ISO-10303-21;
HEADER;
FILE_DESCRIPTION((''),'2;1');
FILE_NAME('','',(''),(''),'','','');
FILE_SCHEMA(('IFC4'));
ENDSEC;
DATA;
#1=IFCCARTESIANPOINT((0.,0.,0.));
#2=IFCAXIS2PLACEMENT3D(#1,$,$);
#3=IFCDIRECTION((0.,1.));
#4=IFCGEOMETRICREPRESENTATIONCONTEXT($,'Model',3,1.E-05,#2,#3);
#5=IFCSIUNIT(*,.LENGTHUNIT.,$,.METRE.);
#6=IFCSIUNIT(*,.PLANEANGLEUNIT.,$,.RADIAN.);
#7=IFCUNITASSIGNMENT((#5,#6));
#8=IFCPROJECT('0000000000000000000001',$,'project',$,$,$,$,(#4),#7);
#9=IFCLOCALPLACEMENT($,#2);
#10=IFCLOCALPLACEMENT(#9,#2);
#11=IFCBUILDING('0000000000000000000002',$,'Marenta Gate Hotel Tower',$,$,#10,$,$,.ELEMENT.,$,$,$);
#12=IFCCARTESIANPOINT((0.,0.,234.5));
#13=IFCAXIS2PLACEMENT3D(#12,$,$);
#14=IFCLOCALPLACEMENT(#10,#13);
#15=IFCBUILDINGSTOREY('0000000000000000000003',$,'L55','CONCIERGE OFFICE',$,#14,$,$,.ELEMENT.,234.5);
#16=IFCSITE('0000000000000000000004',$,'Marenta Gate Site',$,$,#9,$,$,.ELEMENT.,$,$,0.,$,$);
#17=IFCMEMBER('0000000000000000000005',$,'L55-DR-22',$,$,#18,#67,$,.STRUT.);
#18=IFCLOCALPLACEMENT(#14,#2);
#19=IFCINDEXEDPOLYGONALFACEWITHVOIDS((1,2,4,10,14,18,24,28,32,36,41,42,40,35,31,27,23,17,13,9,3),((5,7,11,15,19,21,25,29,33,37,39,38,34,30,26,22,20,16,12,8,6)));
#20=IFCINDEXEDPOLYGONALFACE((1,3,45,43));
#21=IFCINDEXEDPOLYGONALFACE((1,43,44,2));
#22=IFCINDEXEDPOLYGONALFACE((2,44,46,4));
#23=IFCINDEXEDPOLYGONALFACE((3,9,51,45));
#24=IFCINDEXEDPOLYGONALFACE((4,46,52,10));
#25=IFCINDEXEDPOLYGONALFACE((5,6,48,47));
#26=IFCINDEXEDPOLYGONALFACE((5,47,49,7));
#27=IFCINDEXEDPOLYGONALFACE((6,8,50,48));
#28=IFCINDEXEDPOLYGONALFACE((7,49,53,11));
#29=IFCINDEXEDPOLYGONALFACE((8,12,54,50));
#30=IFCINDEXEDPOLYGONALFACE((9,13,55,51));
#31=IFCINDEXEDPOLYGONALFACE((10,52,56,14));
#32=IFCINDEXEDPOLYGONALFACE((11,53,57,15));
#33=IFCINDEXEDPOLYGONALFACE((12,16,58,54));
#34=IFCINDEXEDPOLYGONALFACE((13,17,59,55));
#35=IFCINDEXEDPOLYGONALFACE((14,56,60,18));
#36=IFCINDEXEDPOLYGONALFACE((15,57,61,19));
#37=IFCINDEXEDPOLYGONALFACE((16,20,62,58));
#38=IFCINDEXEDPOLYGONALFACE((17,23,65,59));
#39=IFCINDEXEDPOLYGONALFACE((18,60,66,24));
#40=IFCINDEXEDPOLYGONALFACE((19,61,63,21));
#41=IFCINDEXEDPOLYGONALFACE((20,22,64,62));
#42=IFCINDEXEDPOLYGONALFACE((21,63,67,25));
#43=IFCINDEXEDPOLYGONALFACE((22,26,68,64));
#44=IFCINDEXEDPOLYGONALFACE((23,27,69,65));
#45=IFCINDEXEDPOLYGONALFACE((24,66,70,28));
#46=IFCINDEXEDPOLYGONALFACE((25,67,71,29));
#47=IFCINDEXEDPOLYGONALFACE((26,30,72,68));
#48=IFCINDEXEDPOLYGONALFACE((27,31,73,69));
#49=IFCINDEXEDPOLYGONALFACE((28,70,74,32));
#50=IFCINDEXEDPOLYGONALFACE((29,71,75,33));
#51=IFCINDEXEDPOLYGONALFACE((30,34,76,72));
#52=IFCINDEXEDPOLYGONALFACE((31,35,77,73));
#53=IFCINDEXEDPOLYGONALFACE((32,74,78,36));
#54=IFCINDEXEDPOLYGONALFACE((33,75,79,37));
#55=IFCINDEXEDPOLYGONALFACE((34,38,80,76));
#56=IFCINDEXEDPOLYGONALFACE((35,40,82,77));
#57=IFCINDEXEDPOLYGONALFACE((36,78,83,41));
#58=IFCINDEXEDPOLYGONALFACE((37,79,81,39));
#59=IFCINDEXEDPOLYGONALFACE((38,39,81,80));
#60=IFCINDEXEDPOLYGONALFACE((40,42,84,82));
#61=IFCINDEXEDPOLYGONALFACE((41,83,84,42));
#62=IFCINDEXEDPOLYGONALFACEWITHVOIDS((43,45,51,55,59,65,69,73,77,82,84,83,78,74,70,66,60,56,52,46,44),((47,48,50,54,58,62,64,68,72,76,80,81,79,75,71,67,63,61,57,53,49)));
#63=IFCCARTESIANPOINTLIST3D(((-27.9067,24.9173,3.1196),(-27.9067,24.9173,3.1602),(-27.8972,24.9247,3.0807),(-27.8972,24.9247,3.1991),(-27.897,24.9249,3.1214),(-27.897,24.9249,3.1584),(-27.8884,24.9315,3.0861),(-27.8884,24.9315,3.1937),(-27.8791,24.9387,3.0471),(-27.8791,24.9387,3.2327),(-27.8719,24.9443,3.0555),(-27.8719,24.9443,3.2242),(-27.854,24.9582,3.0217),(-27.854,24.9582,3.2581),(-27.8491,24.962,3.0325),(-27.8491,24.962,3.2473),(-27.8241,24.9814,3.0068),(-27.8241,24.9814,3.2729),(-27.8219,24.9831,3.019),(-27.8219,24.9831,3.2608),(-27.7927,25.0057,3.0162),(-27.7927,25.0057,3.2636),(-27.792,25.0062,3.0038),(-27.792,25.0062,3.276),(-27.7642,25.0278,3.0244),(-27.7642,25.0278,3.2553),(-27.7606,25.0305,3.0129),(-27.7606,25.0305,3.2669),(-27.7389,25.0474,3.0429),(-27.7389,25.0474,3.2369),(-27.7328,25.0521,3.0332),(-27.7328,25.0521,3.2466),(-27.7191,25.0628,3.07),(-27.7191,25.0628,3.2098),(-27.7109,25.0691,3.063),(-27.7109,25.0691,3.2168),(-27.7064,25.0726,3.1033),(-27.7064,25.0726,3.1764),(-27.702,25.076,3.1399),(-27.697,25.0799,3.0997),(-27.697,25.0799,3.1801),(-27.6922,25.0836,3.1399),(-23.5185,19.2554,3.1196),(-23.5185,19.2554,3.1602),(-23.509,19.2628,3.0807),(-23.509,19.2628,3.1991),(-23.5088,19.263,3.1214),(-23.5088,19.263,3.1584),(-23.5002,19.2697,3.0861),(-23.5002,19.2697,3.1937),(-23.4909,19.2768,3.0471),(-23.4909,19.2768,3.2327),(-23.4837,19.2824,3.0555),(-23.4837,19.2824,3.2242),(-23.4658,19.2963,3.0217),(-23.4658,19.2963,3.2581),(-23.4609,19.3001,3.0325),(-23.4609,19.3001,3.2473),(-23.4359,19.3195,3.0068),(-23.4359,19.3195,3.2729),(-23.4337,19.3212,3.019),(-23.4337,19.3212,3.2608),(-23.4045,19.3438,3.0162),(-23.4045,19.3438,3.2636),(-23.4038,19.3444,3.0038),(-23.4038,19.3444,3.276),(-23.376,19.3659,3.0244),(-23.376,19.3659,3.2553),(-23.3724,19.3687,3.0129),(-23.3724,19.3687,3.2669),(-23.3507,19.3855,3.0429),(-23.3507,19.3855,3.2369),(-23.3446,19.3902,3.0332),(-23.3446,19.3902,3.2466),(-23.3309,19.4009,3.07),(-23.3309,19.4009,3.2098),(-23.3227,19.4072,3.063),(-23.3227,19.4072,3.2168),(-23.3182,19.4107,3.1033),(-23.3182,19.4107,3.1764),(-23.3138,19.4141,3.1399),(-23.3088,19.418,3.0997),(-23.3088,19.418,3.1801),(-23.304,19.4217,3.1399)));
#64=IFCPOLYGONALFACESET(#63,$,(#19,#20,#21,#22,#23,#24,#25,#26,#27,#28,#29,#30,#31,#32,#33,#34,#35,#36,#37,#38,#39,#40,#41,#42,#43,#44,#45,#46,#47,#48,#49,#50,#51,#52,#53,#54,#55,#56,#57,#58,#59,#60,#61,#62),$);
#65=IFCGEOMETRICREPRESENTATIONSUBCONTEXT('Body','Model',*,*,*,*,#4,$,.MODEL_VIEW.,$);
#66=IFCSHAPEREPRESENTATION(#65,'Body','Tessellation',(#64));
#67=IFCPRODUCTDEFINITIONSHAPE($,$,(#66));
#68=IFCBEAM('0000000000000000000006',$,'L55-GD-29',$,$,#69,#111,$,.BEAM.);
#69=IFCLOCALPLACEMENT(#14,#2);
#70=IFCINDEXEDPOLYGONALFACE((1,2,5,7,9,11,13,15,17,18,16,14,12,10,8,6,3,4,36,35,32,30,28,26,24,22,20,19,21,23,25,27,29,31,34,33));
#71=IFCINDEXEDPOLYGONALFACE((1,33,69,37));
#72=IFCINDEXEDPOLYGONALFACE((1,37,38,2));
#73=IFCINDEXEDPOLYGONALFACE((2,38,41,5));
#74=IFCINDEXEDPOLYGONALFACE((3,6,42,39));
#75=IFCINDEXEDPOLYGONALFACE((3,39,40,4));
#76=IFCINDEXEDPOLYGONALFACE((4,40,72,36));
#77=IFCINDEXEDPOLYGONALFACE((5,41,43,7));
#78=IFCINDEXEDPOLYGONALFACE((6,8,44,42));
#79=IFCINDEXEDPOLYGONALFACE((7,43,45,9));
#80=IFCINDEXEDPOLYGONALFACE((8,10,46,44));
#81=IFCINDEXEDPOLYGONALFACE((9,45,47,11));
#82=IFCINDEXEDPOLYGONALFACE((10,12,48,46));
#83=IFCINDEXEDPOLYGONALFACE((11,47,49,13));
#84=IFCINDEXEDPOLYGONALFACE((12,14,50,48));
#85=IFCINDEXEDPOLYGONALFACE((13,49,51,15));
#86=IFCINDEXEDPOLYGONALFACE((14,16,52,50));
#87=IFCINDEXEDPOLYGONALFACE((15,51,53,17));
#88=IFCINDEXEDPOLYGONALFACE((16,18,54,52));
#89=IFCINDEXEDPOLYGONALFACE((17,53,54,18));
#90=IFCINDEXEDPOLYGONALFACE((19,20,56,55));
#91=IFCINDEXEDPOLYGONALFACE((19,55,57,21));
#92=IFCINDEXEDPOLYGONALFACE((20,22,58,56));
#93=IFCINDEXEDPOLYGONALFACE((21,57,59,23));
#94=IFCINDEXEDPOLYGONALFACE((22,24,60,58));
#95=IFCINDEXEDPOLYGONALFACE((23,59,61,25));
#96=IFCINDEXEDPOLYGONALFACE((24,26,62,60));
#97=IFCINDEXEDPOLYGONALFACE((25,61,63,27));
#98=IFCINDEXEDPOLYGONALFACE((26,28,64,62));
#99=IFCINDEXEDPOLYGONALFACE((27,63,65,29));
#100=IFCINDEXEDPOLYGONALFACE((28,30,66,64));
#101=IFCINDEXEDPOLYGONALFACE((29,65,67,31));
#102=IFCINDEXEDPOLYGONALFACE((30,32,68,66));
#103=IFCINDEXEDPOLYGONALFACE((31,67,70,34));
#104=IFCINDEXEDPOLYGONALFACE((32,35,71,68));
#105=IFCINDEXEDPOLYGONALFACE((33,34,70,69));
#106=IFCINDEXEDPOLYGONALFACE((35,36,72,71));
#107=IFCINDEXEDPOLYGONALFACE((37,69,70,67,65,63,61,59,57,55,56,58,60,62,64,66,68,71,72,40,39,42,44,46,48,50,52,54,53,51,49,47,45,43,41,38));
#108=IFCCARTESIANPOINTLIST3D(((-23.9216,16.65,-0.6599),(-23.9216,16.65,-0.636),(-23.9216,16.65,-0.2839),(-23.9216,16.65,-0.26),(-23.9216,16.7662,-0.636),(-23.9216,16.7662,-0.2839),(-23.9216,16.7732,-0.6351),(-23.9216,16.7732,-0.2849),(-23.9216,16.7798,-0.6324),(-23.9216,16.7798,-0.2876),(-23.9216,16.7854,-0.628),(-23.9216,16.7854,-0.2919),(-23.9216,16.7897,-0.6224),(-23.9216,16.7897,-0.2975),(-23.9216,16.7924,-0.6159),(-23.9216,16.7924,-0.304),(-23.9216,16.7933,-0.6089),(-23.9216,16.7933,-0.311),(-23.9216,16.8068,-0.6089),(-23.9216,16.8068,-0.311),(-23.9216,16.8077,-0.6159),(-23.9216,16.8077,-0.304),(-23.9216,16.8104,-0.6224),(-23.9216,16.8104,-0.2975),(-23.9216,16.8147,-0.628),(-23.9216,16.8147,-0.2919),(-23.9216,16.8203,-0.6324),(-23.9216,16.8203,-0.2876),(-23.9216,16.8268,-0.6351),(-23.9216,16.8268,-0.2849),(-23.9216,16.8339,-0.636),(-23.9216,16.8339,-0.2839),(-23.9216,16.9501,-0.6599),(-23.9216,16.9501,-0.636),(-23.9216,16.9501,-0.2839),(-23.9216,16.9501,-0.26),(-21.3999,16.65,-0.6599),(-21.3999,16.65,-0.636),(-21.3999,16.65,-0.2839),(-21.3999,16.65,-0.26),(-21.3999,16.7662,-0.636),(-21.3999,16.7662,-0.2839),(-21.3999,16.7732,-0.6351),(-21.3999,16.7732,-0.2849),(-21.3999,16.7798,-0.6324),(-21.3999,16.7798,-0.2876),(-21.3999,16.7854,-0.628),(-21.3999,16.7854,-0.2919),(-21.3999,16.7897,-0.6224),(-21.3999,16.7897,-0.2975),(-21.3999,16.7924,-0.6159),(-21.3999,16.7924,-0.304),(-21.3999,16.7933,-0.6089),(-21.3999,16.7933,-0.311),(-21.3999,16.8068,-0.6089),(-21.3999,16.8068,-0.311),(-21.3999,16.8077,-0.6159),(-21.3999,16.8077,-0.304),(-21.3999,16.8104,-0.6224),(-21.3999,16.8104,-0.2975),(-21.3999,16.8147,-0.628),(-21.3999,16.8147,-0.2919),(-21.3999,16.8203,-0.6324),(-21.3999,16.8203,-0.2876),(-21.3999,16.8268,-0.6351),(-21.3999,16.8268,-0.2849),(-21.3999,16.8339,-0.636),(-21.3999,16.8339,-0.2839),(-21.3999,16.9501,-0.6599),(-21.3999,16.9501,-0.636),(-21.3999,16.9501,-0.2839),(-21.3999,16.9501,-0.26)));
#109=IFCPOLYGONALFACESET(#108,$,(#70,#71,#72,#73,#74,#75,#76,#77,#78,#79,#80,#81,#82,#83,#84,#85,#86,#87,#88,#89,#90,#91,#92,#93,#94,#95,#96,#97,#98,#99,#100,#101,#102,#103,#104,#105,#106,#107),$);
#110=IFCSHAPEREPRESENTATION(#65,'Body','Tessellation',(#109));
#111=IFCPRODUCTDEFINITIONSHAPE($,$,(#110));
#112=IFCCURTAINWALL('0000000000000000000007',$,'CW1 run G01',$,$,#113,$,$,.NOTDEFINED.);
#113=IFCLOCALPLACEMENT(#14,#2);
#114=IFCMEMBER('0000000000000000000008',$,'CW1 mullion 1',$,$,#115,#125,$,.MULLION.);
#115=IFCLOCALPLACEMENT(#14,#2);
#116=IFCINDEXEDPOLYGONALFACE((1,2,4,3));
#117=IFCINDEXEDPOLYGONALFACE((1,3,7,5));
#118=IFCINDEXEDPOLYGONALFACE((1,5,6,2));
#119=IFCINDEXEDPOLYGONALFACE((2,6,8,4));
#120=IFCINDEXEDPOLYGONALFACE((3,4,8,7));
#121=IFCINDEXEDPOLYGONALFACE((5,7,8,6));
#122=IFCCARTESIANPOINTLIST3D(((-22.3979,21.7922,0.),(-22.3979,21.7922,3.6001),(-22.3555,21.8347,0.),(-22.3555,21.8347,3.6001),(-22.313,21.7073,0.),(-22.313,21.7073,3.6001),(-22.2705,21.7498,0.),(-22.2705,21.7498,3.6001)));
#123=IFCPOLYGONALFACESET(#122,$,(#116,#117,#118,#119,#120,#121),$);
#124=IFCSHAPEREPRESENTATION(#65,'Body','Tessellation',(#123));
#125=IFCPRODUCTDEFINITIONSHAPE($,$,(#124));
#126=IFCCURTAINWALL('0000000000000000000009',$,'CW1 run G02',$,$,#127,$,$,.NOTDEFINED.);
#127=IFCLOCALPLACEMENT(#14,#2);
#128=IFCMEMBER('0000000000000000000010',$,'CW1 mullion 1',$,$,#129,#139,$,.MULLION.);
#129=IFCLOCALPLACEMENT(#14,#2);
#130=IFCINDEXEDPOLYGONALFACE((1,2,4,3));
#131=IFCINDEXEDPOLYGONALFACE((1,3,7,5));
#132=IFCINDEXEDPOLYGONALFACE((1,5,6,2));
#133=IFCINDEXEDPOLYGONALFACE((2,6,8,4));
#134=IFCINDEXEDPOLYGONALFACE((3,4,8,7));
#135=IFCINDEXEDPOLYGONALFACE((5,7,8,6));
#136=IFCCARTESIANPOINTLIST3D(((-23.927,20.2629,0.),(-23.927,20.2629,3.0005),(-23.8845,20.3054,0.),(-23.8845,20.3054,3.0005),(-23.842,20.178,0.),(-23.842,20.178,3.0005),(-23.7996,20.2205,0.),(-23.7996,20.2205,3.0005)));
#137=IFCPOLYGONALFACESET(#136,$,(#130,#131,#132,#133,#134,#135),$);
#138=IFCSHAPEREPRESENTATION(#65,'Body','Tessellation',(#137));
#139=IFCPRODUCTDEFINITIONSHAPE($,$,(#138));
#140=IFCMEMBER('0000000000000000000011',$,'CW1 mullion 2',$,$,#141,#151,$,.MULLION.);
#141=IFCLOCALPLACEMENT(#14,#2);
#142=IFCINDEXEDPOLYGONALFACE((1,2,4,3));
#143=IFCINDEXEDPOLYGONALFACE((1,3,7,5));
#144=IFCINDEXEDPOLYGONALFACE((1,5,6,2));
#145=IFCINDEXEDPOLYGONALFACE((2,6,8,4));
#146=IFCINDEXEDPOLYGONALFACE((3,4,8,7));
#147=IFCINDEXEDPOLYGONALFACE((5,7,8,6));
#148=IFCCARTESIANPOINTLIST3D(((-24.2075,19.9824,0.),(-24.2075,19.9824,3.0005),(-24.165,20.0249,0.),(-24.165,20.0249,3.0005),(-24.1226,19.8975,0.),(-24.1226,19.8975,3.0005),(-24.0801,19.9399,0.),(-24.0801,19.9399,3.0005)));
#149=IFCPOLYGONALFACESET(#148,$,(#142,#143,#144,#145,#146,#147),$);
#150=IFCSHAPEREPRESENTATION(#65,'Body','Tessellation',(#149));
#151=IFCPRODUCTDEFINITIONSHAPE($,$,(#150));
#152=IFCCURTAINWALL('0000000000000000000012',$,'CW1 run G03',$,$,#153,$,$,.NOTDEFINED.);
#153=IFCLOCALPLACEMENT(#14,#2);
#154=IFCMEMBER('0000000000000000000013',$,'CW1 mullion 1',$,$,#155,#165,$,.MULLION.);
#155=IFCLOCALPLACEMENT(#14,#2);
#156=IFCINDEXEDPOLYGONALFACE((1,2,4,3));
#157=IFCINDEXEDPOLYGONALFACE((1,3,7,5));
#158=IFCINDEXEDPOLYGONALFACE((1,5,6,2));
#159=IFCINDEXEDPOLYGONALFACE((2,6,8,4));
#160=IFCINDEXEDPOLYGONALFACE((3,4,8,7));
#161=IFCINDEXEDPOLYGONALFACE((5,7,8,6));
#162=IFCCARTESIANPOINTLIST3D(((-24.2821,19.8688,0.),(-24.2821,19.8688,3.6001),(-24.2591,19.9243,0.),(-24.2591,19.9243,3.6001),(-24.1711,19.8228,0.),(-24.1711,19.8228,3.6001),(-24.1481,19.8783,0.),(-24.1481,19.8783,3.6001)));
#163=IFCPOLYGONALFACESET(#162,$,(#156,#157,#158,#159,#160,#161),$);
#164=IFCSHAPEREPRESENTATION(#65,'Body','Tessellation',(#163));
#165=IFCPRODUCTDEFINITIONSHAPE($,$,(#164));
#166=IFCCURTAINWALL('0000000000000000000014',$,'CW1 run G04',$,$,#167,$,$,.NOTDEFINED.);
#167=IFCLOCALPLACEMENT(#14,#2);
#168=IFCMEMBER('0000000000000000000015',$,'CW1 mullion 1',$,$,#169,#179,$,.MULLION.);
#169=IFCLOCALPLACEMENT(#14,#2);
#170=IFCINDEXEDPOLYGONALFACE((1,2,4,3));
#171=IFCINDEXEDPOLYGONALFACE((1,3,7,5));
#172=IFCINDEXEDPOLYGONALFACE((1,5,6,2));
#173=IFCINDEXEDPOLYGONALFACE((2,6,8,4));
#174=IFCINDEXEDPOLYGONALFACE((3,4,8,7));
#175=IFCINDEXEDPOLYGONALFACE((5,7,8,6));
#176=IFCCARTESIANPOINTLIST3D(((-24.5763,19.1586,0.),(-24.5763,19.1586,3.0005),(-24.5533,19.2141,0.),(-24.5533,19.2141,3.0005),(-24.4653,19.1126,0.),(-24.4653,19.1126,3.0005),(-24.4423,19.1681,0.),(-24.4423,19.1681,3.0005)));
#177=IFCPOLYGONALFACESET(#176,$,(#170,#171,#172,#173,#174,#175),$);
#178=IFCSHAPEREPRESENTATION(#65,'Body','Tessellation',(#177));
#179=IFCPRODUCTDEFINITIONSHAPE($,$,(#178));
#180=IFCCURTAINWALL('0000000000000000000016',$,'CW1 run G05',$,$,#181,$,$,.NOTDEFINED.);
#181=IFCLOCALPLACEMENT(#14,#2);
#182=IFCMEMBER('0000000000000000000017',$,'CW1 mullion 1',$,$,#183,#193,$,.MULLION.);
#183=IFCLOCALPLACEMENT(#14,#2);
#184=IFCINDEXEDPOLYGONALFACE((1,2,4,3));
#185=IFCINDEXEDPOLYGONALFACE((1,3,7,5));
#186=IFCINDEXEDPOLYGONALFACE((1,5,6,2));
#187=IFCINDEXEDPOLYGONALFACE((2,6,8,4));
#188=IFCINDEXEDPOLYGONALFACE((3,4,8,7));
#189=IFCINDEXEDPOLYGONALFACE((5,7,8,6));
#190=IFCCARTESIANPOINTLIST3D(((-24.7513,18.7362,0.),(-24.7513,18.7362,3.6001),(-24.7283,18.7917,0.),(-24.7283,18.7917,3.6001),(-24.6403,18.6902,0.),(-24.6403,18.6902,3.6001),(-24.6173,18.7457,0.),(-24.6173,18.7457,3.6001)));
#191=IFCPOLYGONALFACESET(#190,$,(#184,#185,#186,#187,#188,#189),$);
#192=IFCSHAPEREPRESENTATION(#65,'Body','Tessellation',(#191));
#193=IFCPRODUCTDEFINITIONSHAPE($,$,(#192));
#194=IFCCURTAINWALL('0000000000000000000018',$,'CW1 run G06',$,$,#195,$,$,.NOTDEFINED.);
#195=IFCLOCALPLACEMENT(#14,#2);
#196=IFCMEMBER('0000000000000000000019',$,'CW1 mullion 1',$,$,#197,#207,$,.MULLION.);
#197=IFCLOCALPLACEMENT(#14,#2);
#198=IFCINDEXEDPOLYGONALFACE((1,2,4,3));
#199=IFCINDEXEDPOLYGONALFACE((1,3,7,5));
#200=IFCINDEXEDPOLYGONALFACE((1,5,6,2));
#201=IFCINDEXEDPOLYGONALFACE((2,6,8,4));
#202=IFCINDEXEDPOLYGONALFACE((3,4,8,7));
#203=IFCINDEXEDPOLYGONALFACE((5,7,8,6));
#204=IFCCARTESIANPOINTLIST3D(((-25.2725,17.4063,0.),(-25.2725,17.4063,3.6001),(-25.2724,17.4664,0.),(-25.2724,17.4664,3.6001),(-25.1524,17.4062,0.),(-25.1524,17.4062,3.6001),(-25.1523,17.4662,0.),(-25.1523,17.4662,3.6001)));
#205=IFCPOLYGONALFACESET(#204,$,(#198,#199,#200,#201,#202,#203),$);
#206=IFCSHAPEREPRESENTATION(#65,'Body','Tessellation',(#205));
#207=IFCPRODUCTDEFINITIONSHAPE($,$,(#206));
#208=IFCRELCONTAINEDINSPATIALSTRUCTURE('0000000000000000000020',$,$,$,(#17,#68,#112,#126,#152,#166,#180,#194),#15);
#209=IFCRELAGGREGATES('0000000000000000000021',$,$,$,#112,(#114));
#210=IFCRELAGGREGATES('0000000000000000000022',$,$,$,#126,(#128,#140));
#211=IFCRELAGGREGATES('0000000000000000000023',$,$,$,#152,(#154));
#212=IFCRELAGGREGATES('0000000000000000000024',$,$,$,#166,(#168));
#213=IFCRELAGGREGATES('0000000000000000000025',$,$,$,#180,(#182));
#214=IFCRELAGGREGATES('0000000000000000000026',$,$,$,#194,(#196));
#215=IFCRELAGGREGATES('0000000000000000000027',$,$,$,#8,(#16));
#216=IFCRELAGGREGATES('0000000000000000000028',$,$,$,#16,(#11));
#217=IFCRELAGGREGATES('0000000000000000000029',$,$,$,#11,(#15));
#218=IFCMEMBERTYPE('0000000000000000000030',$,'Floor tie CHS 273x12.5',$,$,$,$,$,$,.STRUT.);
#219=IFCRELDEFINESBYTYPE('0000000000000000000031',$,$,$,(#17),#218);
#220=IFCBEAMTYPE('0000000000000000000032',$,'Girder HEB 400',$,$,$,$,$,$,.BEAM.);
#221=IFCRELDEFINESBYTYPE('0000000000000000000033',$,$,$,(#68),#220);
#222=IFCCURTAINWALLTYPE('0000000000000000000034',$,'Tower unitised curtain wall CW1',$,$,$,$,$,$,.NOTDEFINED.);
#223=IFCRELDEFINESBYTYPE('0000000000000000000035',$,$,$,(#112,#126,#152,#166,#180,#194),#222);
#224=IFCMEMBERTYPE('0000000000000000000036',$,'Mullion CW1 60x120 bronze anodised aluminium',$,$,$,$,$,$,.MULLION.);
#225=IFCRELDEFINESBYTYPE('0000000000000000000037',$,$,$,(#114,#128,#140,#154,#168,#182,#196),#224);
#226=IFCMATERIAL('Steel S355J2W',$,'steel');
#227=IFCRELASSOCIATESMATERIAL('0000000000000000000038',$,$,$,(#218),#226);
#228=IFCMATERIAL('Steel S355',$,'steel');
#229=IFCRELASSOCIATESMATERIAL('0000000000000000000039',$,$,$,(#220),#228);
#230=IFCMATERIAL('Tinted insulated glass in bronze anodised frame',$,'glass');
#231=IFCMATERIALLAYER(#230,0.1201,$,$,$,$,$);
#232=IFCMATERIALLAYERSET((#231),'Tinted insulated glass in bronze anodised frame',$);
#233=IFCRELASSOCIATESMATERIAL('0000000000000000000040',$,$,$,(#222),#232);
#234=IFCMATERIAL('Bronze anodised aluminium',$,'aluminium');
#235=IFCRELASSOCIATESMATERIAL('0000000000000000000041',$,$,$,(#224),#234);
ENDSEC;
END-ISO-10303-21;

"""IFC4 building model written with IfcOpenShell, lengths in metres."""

from ifc_helpers import new_model, si_unit, direction, frame, origin, origin_2d, place, context, subcontext, project, spatial, rectangle, hollow_circle, i_section, extrude, material, layer, layer_set, material_profile, profile_set, type_object, element, aggregate, save


model = new_model("IFC4")

# Units and contexts
model_context = context("Model", 3, precision=1e-05, world=origin(), true_north=direction((0.0, 1.0)))
body_context = subcontext(model_context, "Body", "Model", "MODEL_VIEW")
ifc_project = project(units=[si_unit("LENGTHUNIT", "METRE"), si_unit("PLANEANGLEUNIT", "RADIAN")], contexts=[model_context])

# Site, building, storey
site_placement = place(None, origin())
site = spatial("IfcSite", under=ifc_project, at=site_placement, Name="Marenta Gate Site", CompositionType="ELEMENT", RefElevation=0.0)
building_placement = place(site_placement, origin())
building = spatial("IfcBuilding", under=site, at=building_placement, Name="Marenta Gate Hotel Tower", CompositionType="ELEMENT")
storey_placement = place(building_placement, frame((0.0, 0.0, 234.5)))
storey = spatial("IfcBuildingStorey", under=building, at=storey_placement, Name="L55", Description="CONCIERGE OFFICE", CompositionType="ELEMENT", Elevation=234.5)

# Member
ifc_material_1 = material(Name="Steel S355J2W", Category="steel")
ifc_material_profile_1 = material_profile(ifc_material_1, hollow_circle(Radius=0.1365, WallThickness=0.0125, at=origin_2d()), Name="CHS 273x12.5")
ifc_profile_set_1 = profile_set([ifc_material_profile_1], Name="Steel S355J2W")
member_type_1 = type_object("IfcMemberType", Name="Floor tie CHS 273x12.5", PredefinedType="STRUT", material=ifc_profile_set_1)
member_1_placement = place(storey_placement, frame((-27.8, 25.0, 3.1399), z_axis=(0.612592, -0.790399, 0.0), x_axis=(0.790399, 0.612592, 0.0)))
element("IfcMember", 1, at=member_1_placement, inside=storey, type_object=member_type_1, Name="L55-DR-22", PredefinedType="STRUT", context=body_context, shape_type="SweptSolid", body=[
    extrude(hollow_circle(Radius=0.1365, WallThickness=0.0125, at=origin_2d()), origin(), (0.0, 0.0, 1.0), 7.1633),
])

# Beam
ifc_material_2 = material(Name="Steel S355", Category="steel")
ifc_material_profile_2 = material_profile(ifc_material_2, i_section(OverallWidth=0.3, OverallDepth=0.3999, WebThickness=0.0134, FlangeThickness=0.0239, FilletRadius=0.0271, at=origin_2d()), Name="HEB 400")
ifc_profile_set_2 = profile_set([ifc_material_profile_2], Name="Steel S355")
beam_type_1 = type_object("IfcBeamType", Name="Girder HEB 400", PredefinedType="BEAM", material=ifc_profile_set_2)
beam_1_placement = place(storey_placement, frame((-23.9216, 16.8, -0.46), z_axis=(1.0, 0.0, 0.0), x_axis=(0.0, 1.0, 0.0)))
element("IfcBeam", 2, at=beam_1_placement, inside=storey, type_object=beam_type_1, Name="L55-GD-29", PredefinedType="BEAM", context=body_context, shape_type="SweptSolid", body=[
    extrude(i_section(OverallWidth=0.3, OverallDepth=0.3999, WebThickness=0.0134, FlangeThickness=0.0239, FilletRadius=0.0271, at=origin_2d()), origin(), (0.0, 0.0, 1.0), 2.5217),
])

# Curtain wall, member
ifc_material_3 = material(Name="Tinted insulated glass in bronze anodised frame", Category="glass")
ifc_layer_1 = layer(ifc_material_3, 0.1201)
ifc_layer_set_1 = layer_set([ifc_layer_1], Name="Tinted insulated glass in bronze anodised frame")
curtain_wall_type = type_object("IfcCurtainWallType", Name="Tower unitised curtain wall CW1", PredefinedType="NOTDEFINED", material=ifc_layer_set_1)
curtain_wall_1_placement = place(storey_placement, origin())
curtain_wall_1 = element("IfcCurtainWall", 3, at=curtain_wall_1_placement, inside=storey, type_object=curtain_wall_type, Name="CW1 run G01", PredefinedType="NOTDEFINED")
ifc_material_4 = material(Name="Bronze anodised aluminium", Category="aluminium")
ifc_material_profile_3 = material_profile(ifc_material_4, rectangle(XDim=0.1201, YDim=0.0601, at=origin_2d()), Name="Mullion CW1 60x120 bronze anodised aluminium")
ifc_profile_set_3 = profile_set([ifc_material_profile_3], Name="Bronze anodised aluminium")
member_type_2 = type_object("IfcMemberType", Name="Mullion CW1 60x120 bronze anodised aluminium", PredefinedType="MULLION", material=ifc_profile_set_3)
member_2_placement = place(storey_placement, frame((-22.3342, 21.771, 0.0), z_axis=(0.0, 0.0, 1.0), x_axis=(0.707107, -0.707107, 0.0)))
member_2 = element("IfcMember", 4, at=member_2_placement, type_object=member_type_2, Name="CW1 mullion 1", PredefinedType="MULLION", context=body_context, shape_type="SweptSolid", body=[
    extrude(rectangle(XDim=0.1201, YDim=0.0601, at=origin_2d()), origin(), (0.0, 0.0, 1.0), 3.6001),
])

# Curtain wall, members
curtain_wall_2_placement = place(storey_placement, origin())
curtain_wall_2 = element("IfcCurtainWall", 5, at=curtain_wall_2_placement, inside=storey, type_object=curtain_wall_type, Name="CW1 run G02", PredefinedType="NOTDEFINED")
member_3_placement = place(storey_placement, frame((-23.8633, 20.2417, 0.0), z_axis=(0.0, 0.0, 1.0), x_axis=(0.707107, -0.707107, 0.0)))
member_3 = element("IfcMember", 6, at=member_3_placement, type_object=member_type_2, Name="CW1 mullion 1", PredefinedType="MULLION", context=body_context, shape_type="SweptSolid", body=[
    extrude(rectangle(XDim=0.1201, YDim=0.0601, at=origin_2d()), origin(), (0.0, 0.0, 1.0), 3.0005),
])
member_4_placement = place(storey_placement, frame((-24.1438, 19.9612, 0.0), z_axis=(0.0, 0.0, 1.0), x_axis=(0.707107, -0.707107, 0.0)))
member_4 = element("IfcMember", 7, at=member_4_placement, type_object=member_type_2, Name="CW1 mullion 2", PredefinedType="MULLION", context=body_context, shape_type="SweptSolid", body=[
    extrude(rectangle(XDim=0.1201, YDim=0.0601, at=origin_2d()), origin(), (0.0, 0.0, 1.0), 3.0005),
])

# Curtain walls, members
curtain_wall_3_placement = place(storey_placement, origin())
curtain_wall_3 = element("IfcCurtainWall", 8, at=curtain_wall_3_placement, inside=storey, type_object=curtain_wall_type, Name="CW1 run G03", PredefinedType="NOTDEFINED")
member_5_placement = place(storey_placement, frame((-24.2151, 19.8735, 0.0), z_axis=(0.0, 0.0, 1.0), x_axis=(0.923868, -0.382712, 0.0)))
member_5 = element("IfcMember", 9, at=member_5_placement, type_object=member_type_2, Name="CW1 mullion 1", PredefinedType="MULLION", context=body_context, shape_type="SweptSolid", body=[
    extrude(rectangle(XDim=0.1201, YDim=0.0601, at=origin_2d()), origin(), (0.0, 0.0, 1.0), 3.6001),
])
curtain_wall_4_placement = place(storey_placement, origin())
curtain_wall_4 = element("IfcCurtainWall", 10, at=curtain_wall_4_placement, inside=storey, type_object=curtain_wall_type, Name="CW1 run G04", PredefinedType="NOTDEFINED")
member_6_placement = place(storey_placement, frame((-24.5093, 19.1633, 0.0), z_axis=(0.0, 0.0, 1.0), x_axis=(0.923897, -0.382642, 0.0)))
member_6 = element("IfcMember", 11, at=member_6_placement, type_object=member_type_2, Name="CW1 mullion 1", PredefinedType="MULLION", context=body_context, shape_type="SweptSolid", body=[
    extrude(rectangle(XDim=0.1201, YDim=0.0601, at=origin_2d()), origin(), (0.0, 0.0, 1.0), 3.0005),
])
curtain_wall_5_placement = place(storey_placement, origin())
curtain_wall_5 = element("IfcCurtainWall", 12, at=curtain_wall_5_placement, inside=storey, type_object=curtain_wall_type, Name="CW1 run G05", PredefinedType="NOTDEFINED")
member_7_placement = place(storey_placement, frame((-24.6843, 18.741, 0.0), z_axis=(0.0, 0.0, 1.0), x_axis=(0.923893, -0.38265, 0.0)))
member_7 = element("IfcMember", 13, at=member_7_placement, type_object=member_type_2, Name="CW1 mullion 1", PredefinedType="MULLION", context=body_context, shape_type="SweptSolid", body=[
    extrude(rectangle(XDim=0.1201, YDim=0.0601, at=origin_2d()), origin(), (0.0, 0.0, 1.0), 3.6001),
])

# Curtain wall, member
curtain_wall_6_placement = place(storey_placement, origin())
curtain_wall_6 = element("IfcCurtainWall", 14, at=curtain_wall_6_placement, inside=storey, type_object=curtain_wall_type, Name="CW1 run G06", PredefinedType="NOTDEFINED")
member_8_placement = place(storey_placement, frame((-25.2124, 17.4363, 0.0), z_axis=(0.0, 0.0, 1.0), x_axis=(0.999999, -0.00157, 0.0)))
member_8 = element("IfcMember", 15, at=member_8_placement, type_object=member_type_2, Name="CW1 mullion 1", PredefinedType="MULLION", context=body_context, shape_type="SweptSolid", body=[
    extrude(rectangle(XDim=0.1201, YDim=0.0601, at=origin_2d()), origin(), (0.0, 0.0, 1.0), 3.6001),
])

aggregate(curtain_wall_1, [member_2])
aggregate(curtain_wall_2, [member_3, member_4])
aggregate(curtain_wall_3, [member_5])
aggregate(curtain_wall_4, [member_6])
aggregate(curtain_wall_5, [member_7])
aggregate(curtain_wall_6, [member_8])

save(model, "model.ifc")
